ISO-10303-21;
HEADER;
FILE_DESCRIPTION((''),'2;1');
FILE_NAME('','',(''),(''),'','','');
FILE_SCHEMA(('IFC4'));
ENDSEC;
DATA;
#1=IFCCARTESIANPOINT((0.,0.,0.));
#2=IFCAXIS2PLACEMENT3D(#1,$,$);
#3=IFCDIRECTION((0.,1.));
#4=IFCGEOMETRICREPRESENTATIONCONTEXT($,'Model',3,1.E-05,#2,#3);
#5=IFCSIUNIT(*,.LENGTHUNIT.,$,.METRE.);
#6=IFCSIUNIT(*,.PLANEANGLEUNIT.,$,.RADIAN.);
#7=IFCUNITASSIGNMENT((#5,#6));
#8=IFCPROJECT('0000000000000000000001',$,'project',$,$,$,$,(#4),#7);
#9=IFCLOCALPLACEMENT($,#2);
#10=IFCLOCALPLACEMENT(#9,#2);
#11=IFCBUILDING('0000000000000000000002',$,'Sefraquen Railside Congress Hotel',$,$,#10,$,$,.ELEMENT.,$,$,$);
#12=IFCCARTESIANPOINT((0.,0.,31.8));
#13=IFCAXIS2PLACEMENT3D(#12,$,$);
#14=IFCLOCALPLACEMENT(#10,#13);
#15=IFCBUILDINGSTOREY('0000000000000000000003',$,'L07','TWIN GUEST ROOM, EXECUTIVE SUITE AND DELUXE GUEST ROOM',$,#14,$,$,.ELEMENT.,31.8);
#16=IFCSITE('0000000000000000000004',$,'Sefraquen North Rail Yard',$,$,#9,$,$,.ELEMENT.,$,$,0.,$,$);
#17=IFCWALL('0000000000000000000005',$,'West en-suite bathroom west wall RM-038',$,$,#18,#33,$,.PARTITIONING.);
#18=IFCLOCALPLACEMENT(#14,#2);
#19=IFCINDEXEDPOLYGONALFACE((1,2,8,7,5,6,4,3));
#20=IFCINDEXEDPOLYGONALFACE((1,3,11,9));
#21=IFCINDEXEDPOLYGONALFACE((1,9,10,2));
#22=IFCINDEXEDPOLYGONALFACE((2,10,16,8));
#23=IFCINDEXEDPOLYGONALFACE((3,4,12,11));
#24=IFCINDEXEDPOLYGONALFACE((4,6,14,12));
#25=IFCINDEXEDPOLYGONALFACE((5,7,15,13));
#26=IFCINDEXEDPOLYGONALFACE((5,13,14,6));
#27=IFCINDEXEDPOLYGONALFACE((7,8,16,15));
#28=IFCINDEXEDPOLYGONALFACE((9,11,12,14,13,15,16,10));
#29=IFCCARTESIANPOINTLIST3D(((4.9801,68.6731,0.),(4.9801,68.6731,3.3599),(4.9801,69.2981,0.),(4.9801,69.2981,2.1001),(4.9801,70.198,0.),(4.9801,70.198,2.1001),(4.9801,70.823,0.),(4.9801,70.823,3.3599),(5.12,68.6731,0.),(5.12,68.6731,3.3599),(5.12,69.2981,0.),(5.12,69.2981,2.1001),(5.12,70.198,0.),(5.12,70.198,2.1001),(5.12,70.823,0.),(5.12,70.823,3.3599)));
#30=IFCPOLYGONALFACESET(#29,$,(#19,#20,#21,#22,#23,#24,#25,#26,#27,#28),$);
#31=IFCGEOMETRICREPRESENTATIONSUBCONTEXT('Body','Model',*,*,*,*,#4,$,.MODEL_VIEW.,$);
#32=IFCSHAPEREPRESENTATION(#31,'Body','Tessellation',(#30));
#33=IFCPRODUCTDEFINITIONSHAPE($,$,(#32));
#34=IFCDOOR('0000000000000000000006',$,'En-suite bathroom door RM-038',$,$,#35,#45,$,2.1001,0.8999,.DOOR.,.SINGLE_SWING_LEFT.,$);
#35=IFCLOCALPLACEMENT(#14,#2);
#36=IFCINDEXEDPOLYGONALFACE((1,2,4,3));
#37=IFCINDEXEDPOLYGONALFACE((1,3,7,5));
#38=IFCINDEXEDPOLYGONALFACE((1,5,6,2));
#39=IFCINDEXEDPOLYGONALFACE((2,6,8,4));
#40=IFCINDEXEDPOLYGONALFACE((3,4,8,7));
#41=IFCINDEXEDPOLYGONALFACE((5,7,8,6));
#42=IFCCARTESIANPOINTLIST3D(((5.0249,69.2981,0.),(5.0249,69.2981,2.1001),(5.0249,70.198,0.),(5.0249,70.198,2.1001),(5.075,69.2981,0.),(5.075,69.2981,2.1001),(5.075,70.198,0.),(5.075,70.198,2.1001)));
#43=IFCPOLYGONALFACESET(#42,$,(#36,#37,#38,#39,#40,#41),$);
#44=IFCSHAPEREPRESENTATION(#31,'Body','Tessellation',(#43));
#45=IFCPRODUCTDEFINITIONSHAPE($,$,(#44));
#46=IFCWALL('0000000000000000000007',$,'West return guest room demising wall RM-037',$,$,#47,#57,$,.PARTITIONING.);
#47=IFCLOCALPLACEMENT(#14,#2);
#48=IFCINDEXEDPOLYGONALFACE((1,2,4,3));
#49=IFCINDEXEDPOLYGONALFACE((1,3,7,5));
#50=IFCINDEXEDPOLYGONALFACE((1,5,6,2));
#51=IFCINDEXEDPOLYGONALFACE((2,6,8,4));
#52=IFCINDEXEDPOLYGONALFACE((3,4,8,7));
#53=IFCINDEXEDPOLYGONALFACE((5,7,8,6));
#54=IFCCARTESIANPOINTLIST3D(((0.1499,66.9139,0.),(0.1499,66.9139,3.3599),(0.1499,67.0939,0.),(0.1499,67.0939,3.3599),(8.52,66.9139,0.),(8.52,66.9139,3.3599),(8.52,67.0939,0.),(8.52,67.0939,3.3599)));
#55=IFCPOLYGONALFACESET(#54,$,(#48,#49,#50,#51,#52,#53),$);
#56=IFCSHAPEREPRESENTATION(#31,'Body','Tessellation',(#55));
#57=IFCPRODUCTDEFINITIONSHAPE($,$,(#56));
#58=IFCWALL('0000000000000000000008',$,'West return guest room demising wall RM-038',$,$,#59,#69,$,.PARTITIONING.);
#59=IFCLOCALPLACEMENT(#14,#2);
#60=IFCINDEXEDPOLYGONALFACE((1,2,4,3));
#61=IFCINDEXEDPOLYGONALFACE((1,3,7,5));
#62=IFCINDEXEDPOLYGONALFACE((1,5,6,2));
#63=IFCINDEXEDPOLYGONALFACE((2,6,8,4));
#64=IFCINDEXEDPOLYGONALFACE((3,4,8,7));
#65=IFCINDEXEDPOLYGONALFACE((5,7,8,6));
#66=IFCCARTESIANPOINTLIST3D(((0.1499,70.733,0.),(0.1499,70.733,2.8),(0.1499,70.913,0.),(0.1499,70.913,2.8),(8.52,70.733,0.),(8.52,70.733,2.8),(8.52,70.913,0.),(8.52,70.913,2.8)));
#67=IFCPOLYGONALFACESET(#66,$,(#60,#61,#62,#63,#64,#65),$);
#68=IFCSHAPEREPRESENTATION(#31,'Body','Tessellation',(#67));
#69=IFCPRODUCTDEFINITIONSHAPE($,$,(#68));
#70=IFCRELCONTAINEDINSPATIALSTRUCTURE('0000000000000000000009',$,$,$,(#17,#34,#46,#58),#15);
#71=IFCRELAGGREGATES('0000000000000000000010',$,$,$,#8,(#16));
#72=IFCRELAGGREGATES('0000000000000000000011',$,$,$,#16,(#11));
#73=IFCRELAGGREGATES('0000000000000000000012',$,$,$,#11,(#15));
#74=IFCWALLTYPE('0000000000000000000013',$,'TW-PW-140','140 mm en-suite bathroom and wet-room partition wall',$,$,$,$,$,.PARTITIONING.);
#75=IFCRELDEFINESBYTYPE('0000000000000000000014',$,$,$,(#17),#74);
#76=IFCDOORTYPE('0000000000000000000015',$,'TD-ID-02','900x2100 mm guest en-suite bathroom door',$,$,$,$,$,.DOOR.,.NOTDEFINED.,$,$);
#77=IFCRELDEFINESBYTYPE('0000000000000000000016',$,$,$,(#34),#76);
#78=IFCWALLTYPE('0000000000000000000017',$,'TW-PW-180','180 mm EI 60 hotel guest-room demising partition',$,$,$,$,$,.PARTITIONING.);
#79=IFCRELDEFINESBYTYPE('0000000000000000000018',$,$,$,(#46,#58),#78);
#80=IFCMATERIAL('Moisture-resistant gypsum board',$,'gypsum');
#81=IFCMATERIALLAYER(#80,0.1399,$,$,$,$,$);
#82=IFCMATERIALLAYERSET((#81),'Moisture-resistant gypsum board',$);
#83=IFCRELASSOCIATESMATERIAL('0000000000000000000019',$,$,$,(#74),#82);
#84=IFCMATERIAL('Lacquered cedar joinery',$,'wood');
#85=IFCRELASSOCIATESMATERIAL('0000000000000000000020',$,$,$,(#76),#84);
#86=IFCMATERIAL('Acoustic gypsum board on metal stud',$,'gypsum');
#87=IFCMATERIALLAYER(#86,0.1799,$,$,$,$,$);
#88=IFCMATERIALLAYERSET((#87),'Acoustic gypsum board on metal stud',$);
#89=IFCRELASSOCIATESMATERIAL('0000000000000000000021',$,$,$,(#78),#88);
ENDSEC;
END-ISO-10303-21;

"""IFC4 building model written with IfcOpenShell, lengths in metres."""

from ifc_helpers import new_model, si_unit, direction, frame, frame_2d, origin, place, context, subcontext, project, spatial, rectangle, extrude, material, layer, layer_set, type_object, element, fill, save


model = new_model("IFC4")

# Units and contexts
model_context = context("Model", 3, precision=1e-05, world=origin(), true_north=direction((0.0, 1.0)))
body_context = subcontext(model_context, "Body", "Model", "MODEL_VIEW")
ifc_project = project(units=[si_unit("LENGTHUNIT", "METRE"), si_unit("PLANEANGLEUNIT", "RADIAN")], contexts=[model_context])

# Site, building, storey
site_placement = place(None, origin())
site = spatial("IfcSite", under=ifc_project, at=site_placement, Name="Sefraquen North Rail Yard", CompositionType="ELEMENT", RefElevation=0.0)
building_placement = place(site_placement, origin())
building = spatial("IfcBuilding", under=site, at=building_placement, Name="Sefraquen Railside Congress Hotel", CompositionType="ELEMENT")
storey_placement = place(building_placement, frame((0.0, 0.0, 31.8)))
storey = spatial("IfcBuildingStorey", under=building, at=storey_placement, Name="L07", Description="TWIN GUEST ROOM, EXECUTIVE SUITE AND DELUXE GUEST ROOM", CompositionType="ELEMENT", Elevation=31.8)

# Shared definitions
ifc_material_1 = material(Name="Moisture-resistant gypsum board", Category="gypsum")
ifc_layer_1 = layer(ifc_material_1, 0.1399)
ifc_layer_set_1 = layer_set([ifc_layer_1], Name="Moisture-resistant gypsum board")
wall_type_1 = type_object("IfcWallType", Name="TW-PW-140", Description="140 mm en-suite bathroom and wet-room partition wall", PredefinedType="PARTITIONING", material=ifc_layer_set_1)

# Shared definitions
ifc_material_2 = material(Name="Lacquered cedar joinery", Category="wood")
door_type = type_object("IfcDoorType", Name="TD-ID-02", Description="900x2100 mm guest en-suite bathroom door", OperationType="NOTDEFINED", PredefinedType="DOOR", material=ifc_material_2)

# Wall, opening, door
wall_1_placement = place(storey_placement, frame((5.05, 68.6731, 0.0), z_axis=(0.0, 0.0, 1.0), x_axis=(0.0, 1.0, 0.0)))
wall_1 = element("IfcWall", 1, at=wall_1_placement, inside=storey, type_object=wall_type_1, Name="West en-suite bathroom west wall RM-038", PredefinedType="PARTITIONING", context=body_context, shape_type="SweptSolid", body=[
    extrude(rectangle(XDim=2.1499, YDim=0.1399, at=frame_2d((1.075, 0.0))), origin(), (0.0, 0.0, 1.0), 3.3599),
])
opening_1_placement = place(wall_1_placement, frame((0.625, 0.0, 0.0)))
opening_1 = element("IfcOpeningElement", 2, at=opening_1_placement, cuts=wall_1, PredefinedType="OPENING", context=body_context, shape_type="SweptSolid", body=[
    extrude(rectangle(XDim=0.8999, YDim=2.1001, at=frame_2d((0.45, 1.05))), frame((0.0, 0.0798, 0.0), z_axis=(0.0, -1.0, 0.0), x_axis=(1.0, 0.0, 0.0)), (0.0, 0.0, 1.0), 0.1599),
])
door_1_placement = place(opening_1_placement, frame((0.8999, 0.0, 0.0), z_axis=(0.0, 0.0, 1.0), x_axis=(-1.0, 0.0, 0.0)))
door_1 = element("IfcDoor", 3, at=door_1_placement, inside=storey, type_object=door_type, Name="En-suite bathroom door RM-038", OperationType="SINGLE_SWING_LEFT", OverallHeight=2.1001, OverallWidth=0.8999, PredefinedType="DOOR", context=body_context, shape_type="SweptSolid", body=[
    extrude(rectangle(XDim=0.8999, YDim=2.1001, at=frame_2d((0.45, 1.05))), frame((0.0, 0.0249, 0.0), z_axis=(0.0, -1.0, 0.0), x_axis=(1.0, 0.0, 0.0)), (0.0, 0.0, 1.0), 0.05),
])
fill(opening_1, door_1)

# Walls
ifc_material_3 = material(Name="Acoustic gypsum board on metal stud", Category="gypsum")
ifc_layer_2 = layer(ifc_material_3, 0.1799)
ifc_layer_set_2 = layer_set([ifc_layer_2], Name="Acoustic gypsum board on metal stud")
wall_type_2 = type_object("IfcWallType", Name="TW-PW-180", Description="180 mm EI 60 hotel guest-room demising partition", PredefinedType="PARTITIONING", material=ifc_layer_set_2)
wall_2_placement = place(storey_placement, frame((0.1499, 67.0039, 0.0), z_axis=(0.0, 0.0, 1.0), x_axis=(1.0, 0.0, 0.0)))
element("IfcWall", 4, at=wall_2_placement, inside=storey, type_object=wall_type_2, Name="West return guest room demising wall RM-037", PredefinedType="PARTITIONING", context=body_context, shape_type="SweptSolid", body=[
    extrude(rectangle(XDim=8.3701, YDim=0.1799, at=frame_2d((4.1851, 0.0))), origin(), (0.0, 0.0, 1.0), 3.3599),
])
wall_3_placement = place(storey_placement, frame((0.1499, 70.823, 0.0), z_axis=(0.0, 0.0, 1.0), x_axis=(1.0, 0.0, 0.0)))
element("IfcWall", 5, at=wall_3_placement, inside=storey, type_object=wall_type_2, Name="West return guest room demising wall RM-038", PredefinedType="PARTITIONING", context=body_context, shape_type="SweptSolid", body=[
    extrude(rectangle(XDim=8.3701, YDim=0.1799, at=frame_2d((4.1851, 0.0))), origin(), (0.0, 0.0, 1.0), 2.8),
])

save(model, "model.ifc")
